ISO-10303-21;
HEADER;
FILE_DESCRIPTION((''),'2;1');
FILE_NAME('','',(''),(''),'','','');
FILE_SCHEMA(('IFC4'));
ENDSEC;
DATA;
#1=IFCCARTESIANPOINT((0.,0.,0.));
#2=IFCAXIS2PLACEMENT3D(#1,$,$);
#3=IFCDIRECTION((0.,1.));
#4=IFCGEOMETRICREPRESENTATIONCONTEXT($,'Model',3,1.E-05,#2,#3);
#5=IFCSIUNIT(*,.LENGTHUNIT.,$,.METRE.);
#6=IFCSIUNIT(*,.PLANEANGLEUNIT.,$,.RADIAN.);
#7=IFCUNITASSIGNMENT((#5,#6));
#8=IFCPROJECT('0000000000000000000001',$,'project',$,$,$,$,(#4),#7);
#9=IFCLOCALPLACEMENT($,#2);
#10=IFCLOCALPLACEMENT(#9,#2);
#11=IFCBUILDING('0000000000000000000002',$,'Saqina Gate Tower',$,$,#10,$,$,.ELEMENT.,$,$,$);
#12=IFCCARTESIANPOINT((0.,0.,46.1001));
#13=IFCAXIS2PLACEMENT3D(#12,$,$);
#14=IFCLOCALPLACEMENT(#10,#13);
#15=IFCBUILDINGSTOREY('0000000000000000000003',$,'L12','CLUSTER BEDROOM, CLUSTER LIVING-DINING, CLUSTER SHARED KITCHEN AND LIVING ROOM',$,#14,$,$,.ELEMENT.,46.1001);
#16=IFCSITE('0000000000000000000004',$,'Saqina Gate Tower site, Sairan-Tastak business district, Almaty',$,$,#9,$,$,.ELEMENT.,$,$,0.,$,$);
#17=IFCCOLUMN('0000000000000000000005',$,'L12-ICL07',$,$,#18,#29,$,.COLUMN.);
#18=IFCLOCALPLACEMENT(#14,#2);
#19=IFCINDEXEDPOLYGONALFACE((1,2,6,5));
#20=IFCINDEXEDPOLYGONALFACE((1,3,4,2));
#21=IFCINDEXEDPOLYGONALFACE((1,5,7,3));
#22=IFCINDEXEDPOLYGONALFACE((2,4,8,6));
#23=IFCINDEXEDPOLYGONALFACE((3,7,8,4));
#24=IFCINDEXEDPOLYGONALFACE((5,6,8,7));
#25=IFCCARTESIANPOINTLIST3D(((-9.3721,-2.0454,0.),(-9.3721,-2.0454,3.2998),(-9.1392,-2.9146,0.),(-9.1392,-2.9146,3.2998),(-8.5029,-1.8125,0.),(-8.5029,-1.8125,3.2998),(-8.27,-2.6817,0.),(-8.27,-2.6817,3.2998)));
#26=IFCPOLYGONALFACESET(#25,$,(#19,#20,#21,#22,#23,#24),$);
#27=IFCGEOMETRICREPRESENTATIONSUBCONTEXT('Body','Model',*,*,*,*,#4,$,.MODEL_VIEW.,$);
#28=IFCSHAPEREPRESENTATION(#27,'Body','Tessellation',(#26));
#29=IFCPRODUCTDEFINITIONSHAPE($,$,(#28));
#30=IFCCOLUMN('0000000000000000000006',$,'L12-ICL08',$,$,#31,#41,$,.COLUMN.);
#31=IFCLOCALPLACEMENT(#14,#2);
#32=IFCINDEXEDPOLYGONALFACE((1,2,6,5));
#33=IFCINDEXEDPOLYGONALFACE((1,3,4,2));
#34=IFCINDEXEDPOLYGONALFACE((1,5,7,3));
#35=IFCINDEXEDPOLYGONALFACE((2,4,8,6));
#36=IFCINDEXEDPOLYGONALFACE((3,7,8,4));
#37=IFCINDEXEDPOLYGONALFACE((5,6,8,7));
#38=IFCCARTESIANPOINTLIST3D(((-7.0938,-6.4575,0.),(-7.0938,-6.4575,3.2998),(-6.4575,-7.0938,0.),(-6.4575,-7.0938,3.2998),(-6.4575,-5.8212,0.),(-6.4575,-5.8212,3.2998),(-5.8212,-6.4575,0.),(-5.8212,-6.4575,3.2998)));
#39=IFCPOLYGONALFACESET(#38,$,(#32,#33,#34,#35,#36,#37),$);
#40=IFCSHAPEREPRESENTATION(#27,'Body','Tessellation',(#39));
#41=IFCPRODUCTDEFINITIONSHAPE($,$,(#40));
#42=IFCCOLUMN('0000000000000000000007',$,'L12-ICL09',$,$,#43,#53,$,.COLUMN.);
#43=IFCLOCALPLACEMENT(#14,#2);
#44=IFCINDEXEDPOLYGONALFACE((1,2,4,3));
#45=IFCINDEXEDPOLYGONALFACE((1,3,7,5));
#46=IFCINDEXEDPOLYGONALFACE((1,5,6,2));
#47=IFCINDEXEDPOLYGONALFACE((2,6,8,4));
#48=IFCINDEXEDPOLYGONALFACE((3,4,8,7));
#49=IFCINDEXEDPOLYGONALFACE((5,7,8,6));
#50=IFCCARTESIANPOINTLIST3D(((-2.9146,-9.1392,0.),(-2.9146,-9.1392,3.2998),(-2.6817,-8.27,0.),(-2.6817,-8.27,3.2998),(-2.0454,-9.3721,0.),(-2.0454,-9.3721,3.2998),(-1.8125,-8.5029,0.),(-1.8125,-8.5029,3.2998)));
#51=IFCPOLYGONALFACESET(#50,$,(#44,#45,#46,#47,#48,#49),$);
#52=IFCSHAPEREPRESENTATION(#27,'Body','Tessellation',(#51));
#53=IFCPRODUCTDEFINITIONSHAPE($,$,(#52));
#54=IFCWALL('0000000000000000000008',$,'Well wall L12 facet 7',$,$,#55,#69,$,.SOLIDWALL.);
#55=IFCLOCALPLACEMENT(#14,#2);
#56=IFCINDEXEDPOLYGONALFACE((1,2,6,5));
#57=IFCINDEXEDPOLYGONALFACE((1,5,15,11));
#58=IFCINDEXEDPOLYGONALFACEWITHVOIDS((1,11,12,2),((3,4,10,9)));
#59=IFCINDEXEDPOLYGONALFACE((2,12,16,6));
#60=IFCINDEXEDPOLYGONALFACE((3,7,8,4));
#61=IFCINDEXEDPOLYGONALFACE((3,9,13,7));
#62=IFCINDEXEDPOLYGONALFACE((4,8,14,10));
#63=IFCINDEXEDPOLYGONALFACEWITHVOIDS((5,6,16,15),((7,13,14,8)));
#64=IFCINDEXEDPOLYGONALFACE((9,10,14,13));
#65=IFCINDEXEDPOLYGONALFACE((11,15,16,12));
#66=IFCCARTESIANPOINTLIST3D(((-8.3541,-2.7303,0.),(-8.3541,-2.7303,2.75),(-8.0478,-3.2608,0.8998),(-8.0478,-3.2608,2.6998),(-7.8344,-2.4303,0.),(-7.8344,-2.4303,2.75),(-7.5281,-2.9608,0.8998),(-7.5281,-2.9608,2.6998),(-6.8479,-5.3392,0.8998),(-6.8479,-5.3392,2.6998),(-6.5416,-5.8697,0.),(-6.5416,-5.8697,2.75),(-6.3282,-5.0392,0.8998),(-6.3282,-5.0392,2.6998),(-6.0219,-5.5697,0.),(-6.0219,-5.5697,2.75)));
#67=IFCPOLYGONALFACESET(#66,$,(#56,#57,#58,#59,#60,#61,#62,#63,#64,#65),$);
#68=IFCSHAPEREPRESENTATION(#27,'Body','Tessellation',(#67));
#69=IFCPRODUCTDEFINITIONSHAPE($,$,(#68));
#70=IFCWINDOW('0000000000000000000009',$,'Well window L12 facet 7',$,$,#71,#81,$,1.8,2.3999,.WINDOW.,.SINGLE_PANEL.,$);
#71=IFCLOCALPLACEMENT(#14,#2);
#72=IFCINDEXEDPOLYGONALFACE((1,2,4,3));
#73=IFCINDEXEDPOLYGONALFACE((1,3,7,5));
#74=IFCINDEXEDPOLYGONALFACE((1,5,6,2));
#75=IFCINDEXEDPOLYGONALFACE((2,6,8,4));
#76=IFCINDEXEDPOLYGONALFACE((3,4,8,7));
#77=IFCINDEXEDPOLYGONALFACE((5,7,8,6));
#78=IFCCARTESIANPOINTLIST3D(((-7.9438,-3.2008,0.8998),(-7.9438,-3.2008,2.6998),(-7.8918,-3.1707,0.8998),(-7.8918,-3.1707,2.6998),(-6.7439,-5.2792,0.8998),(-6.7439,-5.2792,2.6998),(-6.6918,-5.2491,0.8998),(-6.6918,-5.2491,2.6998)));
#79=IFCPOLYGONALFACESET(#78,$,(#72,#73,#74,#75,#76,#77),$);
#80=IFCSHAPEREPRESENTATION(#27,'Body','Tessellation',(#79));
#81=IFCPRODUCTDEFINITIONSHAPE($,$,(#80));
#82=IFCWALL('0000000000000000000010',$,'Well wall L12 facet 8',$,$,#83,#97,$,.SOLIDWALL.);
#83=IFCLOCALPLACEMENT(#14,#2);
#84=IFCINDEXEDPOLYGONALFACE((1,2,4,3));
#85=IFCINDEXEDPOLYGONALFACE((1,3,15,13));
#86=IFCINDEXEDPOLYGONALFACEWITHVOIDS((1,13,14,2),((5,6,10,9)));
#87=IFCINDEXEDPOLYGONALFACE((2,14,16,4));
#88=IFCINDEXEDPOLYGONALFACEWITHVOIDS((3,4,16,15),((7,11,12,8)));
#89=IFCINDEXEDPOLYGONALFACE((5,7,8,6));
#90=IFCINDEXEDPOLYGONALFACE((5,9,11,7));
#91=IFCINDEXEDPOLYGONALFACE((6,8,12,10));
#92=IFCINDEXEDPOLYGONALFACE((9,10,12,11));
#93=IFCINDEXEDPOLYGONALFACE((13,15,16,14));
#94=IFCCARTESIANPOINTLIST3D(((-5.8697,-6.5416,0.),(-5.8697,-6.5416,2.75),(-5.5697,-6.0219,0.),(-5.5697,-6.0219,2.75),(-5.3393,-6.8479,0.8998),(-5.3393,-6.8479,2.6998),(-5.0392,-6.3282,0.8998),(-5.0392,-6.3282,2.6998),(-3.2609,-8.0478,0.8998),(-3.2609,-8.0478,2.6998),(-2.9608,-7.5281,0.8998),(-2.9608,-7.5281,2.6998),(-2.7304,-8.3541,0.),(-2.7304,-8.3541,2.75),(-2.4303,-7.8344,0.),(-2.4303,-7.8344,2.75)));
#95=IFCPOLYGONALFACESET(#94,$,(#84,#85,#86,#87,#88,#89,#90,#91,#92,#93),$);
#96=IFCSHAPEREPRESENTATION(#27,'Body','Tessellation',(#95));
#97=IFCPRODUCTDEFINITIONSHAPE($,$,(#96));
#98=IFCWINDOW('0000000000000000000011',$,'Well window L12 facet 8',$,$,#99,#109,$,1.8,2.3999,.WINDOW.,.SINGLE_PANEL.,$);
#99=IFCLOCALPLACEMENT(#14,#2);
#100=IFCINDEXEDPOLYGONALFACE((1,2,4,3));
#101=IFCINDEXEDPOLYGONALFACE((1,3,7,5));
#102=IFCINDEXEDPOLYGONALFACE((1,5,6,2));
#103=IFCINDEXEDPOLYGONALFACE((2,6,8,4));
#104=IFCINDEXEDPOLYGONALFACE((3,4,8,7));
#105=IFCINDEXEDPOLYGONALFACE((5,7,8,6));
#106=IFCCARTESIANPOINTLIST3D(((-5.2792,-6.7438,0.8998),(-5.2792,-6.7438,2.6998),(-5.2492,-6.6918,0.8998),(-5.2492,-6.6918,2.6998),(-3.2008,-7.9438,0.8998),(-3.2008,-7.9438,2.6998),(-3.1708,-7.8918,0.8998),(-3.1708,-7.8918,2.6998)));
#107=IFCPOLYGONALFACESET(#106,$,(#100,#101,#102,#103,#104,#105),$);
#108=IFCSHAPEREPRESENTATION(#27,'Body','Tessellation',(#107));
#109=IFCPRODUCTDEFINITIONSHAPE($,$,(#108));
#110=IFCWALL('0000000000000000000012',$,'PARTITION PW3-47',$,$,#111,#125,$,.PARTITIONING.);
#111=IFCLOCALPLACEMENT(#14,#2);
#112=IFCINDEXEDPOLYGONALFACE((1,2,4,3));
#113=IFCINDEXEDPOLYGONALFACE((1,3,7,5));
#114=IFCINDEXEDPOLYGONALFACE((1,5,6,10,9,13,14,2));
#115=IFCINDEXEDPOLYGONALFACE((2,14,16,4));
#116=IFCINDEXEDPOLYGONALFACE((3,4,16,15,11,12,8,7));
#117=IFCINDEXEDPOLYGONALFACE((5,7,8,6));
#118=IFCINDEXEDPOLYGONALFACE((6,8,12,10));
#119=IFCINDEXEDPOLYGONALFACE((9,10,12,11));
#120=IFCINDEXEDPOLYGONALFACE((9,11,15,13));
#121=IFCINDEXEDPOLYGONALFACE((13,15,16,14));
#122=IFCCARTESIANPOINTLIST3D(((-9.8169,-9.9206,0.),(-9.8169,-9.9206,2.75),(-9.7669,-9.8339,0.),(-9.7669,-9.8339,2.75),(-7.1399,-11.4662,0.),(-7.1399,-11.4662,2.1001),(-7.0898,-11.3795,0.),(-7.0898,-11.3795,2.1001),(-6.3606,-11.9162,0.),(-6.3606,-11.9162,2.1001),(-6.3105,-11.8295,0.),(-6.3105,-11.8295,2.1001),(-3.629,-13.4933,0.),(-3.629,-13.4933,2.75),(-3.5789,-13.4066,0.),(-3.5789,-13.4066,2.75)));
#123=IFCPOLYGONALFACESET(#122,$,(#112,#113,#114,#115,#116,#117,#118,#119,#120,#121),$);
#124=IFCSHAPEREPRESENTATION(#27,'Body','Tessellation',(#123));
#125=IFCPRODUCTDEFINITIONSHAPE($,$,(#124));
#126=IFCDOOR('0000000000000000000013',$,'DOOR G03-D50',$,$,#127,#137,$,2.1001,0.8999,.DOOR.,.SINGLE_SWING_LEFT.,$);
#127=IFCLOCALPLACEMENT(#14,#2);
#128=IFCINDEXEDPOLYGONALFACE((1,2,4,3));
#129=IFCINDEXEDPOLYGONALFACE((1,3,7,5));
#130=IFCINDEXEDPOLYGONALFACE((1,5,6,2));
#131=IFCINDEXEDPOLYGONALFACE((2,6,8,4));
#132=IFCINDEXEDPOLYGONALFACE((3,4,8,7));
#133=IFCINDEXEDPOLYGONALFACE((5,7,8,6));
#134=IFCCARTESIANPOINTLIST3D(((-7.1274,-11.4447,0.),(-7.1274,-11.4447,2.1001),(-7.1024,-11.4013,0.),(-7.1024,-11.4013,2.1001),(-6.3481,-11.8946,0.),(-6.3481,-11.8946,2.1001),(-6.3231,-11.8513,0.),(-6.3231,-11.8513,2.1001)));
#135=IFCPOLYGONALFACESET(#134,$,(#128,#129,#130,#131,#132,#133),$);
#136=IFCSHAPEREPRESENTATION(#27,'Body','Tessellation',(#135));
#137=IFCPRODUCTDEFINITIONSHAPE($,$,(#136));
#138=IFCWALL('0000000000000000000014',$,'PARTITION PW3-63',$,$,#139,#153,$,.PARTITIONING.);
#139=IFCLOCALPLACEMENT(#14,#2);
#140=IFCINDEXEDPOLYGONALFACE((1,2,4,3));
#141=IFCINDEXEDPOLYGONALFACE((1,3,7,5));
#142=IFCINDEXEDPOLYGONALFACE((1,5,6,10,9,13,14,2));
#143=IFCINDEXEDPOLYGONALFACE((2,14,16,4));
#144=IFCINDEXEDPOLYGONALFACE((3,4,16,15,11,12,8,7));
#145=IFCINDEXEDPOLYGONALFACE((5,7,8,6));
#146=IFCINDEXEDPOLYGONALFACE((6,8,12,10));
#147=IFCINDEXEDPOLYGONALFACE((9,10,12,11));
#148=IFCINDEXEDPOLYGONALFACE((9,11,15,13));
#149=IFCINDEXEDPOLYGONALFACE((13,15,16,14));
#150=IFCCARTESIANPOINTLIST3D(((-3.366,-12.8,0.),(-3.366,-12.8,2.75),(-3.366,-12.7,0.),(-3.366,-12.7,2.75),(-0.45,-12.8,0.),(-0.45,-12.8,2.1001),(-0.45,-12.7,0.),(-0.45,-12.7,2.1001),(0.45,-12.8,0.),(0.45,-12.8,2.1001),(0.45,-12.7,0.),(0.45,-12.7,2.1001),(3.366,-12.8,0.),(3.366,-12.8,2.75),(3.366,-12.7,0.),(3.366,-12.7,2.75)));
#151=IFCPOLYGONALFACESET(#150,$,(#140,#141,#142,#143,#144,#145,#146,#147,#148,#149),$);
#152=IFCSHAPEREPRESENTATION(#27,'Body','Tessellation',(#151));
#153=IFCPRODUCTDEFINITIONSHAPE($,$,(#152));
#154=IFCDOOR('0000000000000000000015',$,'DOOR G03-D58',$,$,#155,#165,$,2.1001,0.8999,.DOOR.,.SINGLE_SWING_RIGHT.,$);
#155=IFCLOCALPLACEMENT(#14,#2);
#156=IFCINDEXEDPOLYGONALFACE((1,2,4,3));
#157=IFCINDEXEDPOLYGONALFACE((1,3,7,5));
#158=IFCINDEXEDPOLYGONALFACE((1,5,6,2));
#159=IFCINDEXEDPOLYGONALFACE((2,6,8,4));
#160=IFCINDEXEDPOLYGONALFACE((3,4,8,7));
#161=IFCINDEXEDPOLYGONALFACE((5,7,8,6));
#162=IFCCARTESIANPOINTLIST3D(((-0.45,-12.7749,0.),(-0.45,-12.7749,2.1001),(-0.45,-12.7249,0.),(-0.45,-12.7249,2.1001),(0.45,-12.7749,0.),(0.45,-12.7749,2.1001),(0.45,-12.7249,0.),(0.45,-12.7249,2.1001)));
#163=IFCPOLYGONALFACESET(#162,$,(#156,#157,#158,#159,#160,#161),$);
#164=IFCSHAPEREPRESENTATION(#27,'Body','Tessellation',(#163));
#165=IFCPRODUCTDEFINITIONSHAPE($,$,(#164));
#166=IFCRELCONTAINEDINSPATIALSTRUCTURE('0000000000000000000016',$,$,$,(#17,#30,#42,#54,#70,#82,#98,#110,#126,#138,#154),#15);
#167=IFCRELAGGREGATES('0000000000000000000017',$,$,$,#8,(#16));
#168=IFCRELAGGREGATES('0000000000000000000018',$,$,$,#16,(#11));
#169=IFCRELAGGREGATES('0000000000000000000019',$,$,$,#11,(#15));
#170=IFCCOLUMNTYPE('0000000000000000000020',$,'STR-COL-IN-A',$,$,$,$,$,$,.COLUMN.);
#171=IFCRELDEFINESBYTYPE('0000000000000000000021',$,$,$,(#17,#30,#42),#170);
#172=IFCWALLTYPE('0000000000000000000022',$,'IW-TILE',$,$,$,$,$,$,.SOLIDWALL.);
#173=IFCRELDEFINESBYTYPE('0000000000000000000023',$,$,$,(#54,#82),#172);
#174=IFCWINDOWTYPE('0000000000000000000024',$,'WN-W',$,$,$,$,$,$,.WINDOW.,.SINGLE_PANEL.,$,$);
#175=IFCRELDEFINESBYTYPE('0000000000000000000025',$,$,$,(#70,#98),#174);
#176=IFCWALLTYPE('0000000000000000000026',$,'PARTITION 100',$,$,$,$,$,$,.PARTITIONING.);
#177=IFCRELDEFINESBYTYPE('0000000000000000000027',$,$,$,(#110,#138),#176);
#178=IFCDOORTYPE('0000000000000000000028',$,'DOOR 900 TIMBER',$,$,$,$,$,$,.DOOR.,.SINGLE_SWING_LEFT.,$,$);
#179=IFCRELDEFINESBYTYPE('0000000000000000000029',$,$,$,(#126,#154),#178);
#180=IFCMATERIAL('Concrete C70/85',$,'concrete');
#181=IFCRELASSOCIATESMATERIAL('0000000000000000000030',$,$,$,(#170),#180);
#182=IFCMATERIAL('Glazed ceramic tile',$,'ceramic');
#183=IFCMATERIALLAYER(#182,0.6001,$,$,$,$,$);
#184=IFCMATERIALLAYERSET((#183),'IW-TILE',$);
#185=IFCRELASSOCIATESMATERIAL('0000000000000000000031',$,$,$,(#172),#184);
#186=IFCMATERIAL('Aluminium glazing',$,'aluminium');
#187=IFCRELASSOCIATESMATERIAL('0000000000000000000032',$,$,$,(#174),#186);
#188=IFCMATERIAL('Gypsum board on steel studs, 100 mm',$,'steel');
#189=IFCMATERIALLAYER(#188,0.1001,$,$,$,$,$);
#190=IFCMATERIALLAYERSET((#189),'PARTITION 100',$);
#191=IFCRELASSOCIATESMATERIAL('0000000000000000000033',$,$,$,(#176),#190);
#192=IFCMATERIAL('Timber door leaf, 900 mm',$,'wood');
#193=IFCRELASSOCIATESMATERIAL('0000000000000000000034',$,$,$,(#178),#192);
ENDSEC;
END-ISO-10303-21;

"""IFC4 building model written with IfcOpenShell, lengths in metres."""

from ifc_helpers import new_model, si_unit, direction, frame, frame_2d, origin, origin_2d, place, context, subcontext, project, spatial, rectangle, extrude, material, layer, layer_set, material_profile, profile_set, type_object, element, fill, save


model = new_model("IFC4")

# Units and contexts
model_context = context("Model", 3, precision=1e-05, world=origin(), true_north=direction((0.0, 1.0)))
body_context = subcontext(model_context, "Body", "Model", "MODEL_VIEW")
ifc_project = project(units=[si_unit("LENGTHUNIT", "METRE"), si_unit("PLANEANGLEUNIT", "RADIAN")], contexts=[model_context])

# Site, building, storey
site_placement = place(None, origin())
site = spatial("IfcSite", under=ifc_project, at=site_placement, Name="Saqina Gate Tower site, Sairan-Tastak business district, Almaty", CompositionType="ELEMENT", RefElevation=0.0)
building_placement = place(site_placement, origin())
building = spatial("IfcBuilding", under=site, at=building_placement, Name="Saqina Gate Tower", CompositionType="ELEMENT")
storey_placement = place(building_placement, frame((0.0, 0.0, 46.1001)))
storey = spatial("IfcBuildingStorey", under=building, at=storey_placement, Name="L12", Description="CLUSTER BEDROOM, CLUSTER LIVING-DINING, CLUSTER SHARED KITCHEN AND LIVING ROOM", CompositionType="ELEMENT", Elevation=46.1001)

# Columns
ifc_material_1 = material(Name="Concrete C70/85", Category="concrete")
ifc_material_profile = material_profile(ifc_material_1, rectangle(XDim=0.8999, YDim=0.8999, at=origin_2d()), Name="RC 900x900")
ifc_profile_set = profile_set([ifc_material_profile], Name="Concrete C70/85")
column_type = type_object("IfcColumnType", Name="STR-COL-IN-A", PredefinedType="COLUMN", material=ifc_profile_set)
for number, where, z_axis, x_axis, name in (
    (1, (-8.821, -2.3635, 0.0), (0.0, 0.0, 1.0), (-0.965926, -0.258819, 0.0), "L12-ICL07"),
    (2, (-6.4575, -6.4575, 0.0), (0.0, 0.0, 1.0), (-0.707107, -0.707107, 0.0), "L12-ICL08"),
    (3, (-2.3635, -8.821, 0.0), (0.0, 0.0, 1.0), (-0.258819, -0.965926, 0.0), "L12-ICL09"),
):
    element("IfcColumn", number, at=place(storey_placement, frame(where, z_axis=z_axis, x_axis=x_axis)), inside=storey, type_object=column_type, Name=name, PredefinedType="COLUMN", context=body_context, shape_type="SweptSolid", body=[
        extrude(rectangle(XDim=0.8999, YDim=0.8999, at=origin_2d()), origin(), (0.0, 0.0, 1.0), 3.2998),
    ])

# Walls, openings, windows
ifc_material_2 = material(Name="Glazed ceramic tile", Category="ceramic")
ifc_layer_1 = layer(ifc_material_2, 0.6001)
ifc_layer_set_1 = layer_set([ifc_layer_1], Name="IW-TILE")
wall_type_1 = type_object("IfcWallType", Name="IW-TILE", PredefinedType="SOLIDWALL", material=ifc_layer_set_1)
wall_1_placement = place(storey_placement, frame((-8.0942, -2.5803, 0.0), z_axis=(0.0, 0.0, 1.0), x_axis=(0.499993, -0.86603, 0.0)))
wall_1 = element("IfcWall", 4, at=wall_1_placement, inside=storey, type_object=wall_type_1, Name="Well wall L12 facet 7", PredefinedType="SOLIDWALL", context=body_context, shape_type="SweptSolid", body=[
    extrude(rectangle(XDim=3.625, YDim=0.6001, at=frame_2d((1.8125, 0.0))), origin(), (0.0, 0.0, 1.0), 2.75),
])
opening_1_placement = place(wall_1_placement, frame((0.6125, 0.0, 0.8999)))
opening_1 = element("IfcOpeningElement", 5, at=opening_1_placement, cuts=wall_1, PredefinedType="OPENING", context=body_context, shape_type="SweptSolid", body=[
    extrude(rectangle(XDim=2.3999, YDim=1.8, at=frame_2d((1.2, 0.8999))), frame((0.0, 0.312, 0.0), z_axis=(0.0, -1.0, 0.0), x_axis=(1.0, 0.0, 0.0)), (0.0, 0.0, 1.0), 0.624),
])
ifc_material_3 = material(Name="Aluminium glazing", Category="aluminium")
window_type = type_object("IfcWindowType", Name="WN-W", PartitioningType="SINGLE_PANEL", PredefinedType="WINDOW", material=ifc_material_3)
window_1_placement = place(opening_1_placement, origin())
window_1 = element("IfcWindow", 6, at=window_1_placement, inside=storey, type_object=window_type, Name="Well window L12 facet 7", OverallHeight=1.8, OverallWidth=2.3999, PartitioningType="SINGLE_PANEL", PredefinedType="WINDOW", context=body_context, shape_type="SweptSolid", body=[
    extrude(rectangle(XDim=2.3999, YDim=1.8, at=frame_2d((1.2, 0.8999))), frame((0.0, -0.1199, 0.0), z_axis=(0.0, -1.0, 0.0), x_axis=(1.0, 0.0, 0.0)), (0.0, 0.0, 1.0), 0.0601),
])
fill(opening_1, window_1)
wall_2_placement = place(storey_placement, frame((-5.7197, -6.2817, 0.0), z_axis=(0.0, 0.0, 1.0), x_axis=(0.86603, -0.499993, 0.0)))
wall_2 = element("IfcWall", 7, at=wall_2_placement, inside=storey, type_object=wall_type_1, Name="Well wall L12 facet 8", PredefinedType="SOLIDWALL", context=body_context, shape_type="SweptSolid", body=[
    extrude(rectangle(XDim=3.625, YDim=0.6001, at=frame_2d((1.8125, 0.0))), origin(), (0.0, 0.0, 1.0), 2.75),
])
opening_2_placement = place(wall_2_placement, frame((0.6125, 0.0, 0.8999)))
opening_2 = element("IfcOpeningElement", 8, at=opening_2_placement, cuts=wall_2, PredefinedType="OPENING", context=body_context, shape_type="SweptSolid", body=[
    extrude(rectangle(XDim=2.3999, YDim=1.8, at=frame_2d((1.2, 0.8999))), frame((0.0, 0.312, 0.0), z_axis=(0.0, -1.0, 0.0), x_axis=(1.0, 0.0, 0.0)), (0.0, 0.0, 1.0), 0.624),
])
window_2_placement = place(opening_2_placement, origin())
window_2 = element("IfcWindow", 9, at=window_2_placement, inside=storey, type_object=window_type, Name="Well window L12 facet 8", OverallHeight=1.8, OverallWidth=2.3999, PartitioningType="SINGLE_PANEL", PredefinedType="WINDOW", context=body_context, shape_type="SweptSolid", body=[
    extrude(rectangle(XDim=2.3999, YDim=1.8, at=frame_2d((1.2, 0.8999))), frame((0.0, -0.1199, 0.0), z_axis=(0.0, -1.0, 0.0), x_axis=(1.0, 0.0, 0.0)), (0.0, 0.0, 1.0), 0.0601),
])
fill(opening_2, window_2)

# Walls, openings, doors
ifc_material_4 = material(Name="Gypsum board on steel studs, 100 mm", Category="steel")
ifc_layer_2 = layer(ifc_material_4, 0.1001)
ifc_layer_set_2 = layer_set([ifc_layer_2], Name="PARTITION 100")
wall_type_2 = type_object("IfcWallType", Name="PARTITION 100", PredefinedType="PARTITIONING", material=ifc_layer_set_2)
wall_3_placement = place(storey_placement, frame((-9.792, -9.8772, 0.0), z_axis=(0.0, 0.0, 1.0), x_axis=(0.866018, -0.500012, 0.0)))
wall_3 = element("IfcWall", 10, at=wall_3_placement, inside=storey, type_object=wall_type_2, Name="PARTITION PW3-47", PredefinedType="PARTITIONING", context=body_context, shape_type="SweptSolid", body=[
    extrude(rectangle(XDim=7.1453, YDim=0.1001, at=frame_2d((3.5728, 0.0))), origin(), (0.0, 0.0, 1.0), 2.75),
])
opening_3_placement = place(wall_3_placement, frame((3.0913, 0.0, 0.0)))
opening_3 = element("IfcOpeningElement", 11, at=opening_3_placement, cuts=wall_3, PredefinedType="OPENING", context=body_context, shape_type="SweptSolid", body=[
    extrude(rectangle(XDim=0.8999, YDim=2.1001, at=frame_2d((0.45, 1.05))), frame((0.0, 0.062, 0.0), z_axis=(0.0, -1.0, 0.0), x_axis=(1.0, 0.0, 0.0)), (0.0, 0.0, 1.0), 0.124),
])
ifc_material_5 = material(Name="Timber door leaf, 900 mm", Category="wood")
door_type_1 = type_object("IfcDoorType", Name="DOOR 900 TIMBER", OperationType="SINGLE_SWING_LEFT", PredefinedType="DOOR", material=ifc_material_5)
door_1_placement = place(opening_3_placement, origin())
door_1 = element("IfcDoor", 12, at=door_1_placement, inside=storey, type_object=door_type_1, Name="DOOR G03-D50", OperationType="SINGLE_SWING_LEFT", OverallHeight=2.1001, OverallWidth=0.8999, PredefinedType="DOOR", context=body_context, shape_type="SweptSolid", body=[
    extrude(rectangle(XDim=0.8999, YDim=2.1001, at=frame_2d((0.45, 1.05))), frame((0.0, 0.0249, 0.0), z_axis=(0.0, -1.0, 0.0), x_axis=(1.0, 0.0, 0.0)), (0.0, 0.0, 1.0), 0.05),
])
fill(opening_3, door_1)
wall_4_placement = place(storey_placement, frame((-3.366, -12.75, 0.0), z_axis=(0.0, 0.0, 1.0), x_axis=(1.0, 0.0, 0.0)))
wall_4 = element("IfcWall", 13, at=wall_4_placement, inside=storey, type_object=wall_type_2, Name="PARTITION PW3-63", PredefinedType="PARTITIONING", context=body_context, shape_type="SweptSolid", body=[
    extrude(rectangle(XDim=6.7319, YDim=0.1001, at=frame_2d((3.366, 0.0))), origin(), (0.0, 0.0, 1.0), 2.75),
])
opening_4_placement = place(wall_4_placement, frame((2.916, 0.0, 0.0)))
opening_4 = element("IfcOpeningElement", 14, at=opening_4_placement, cuts=wall_4, PredefinedType="OPENING", context=body_context, shape_type="SweptSolid", body=[
    extrude(rectangle(XDim=0.8999, YDim=2.1001, at=frame_2d((0.45, 1.05))), frame((0.0, 0.062, 0.0), z_axis=(0.0, -1.0, 0.0), x_axis=(1.0, 0.0, 0.0)), (0.0, 0.0, 1.0), 0.124),
])
door_2_placement = place(opening_4_placement, frame((0.8999, 0.0, 0.0), z_axis=(0.0, 0.0, 1.0), x_axis=(-1.0, 0.0, 0.0)))
door_2 = element("IfcDoor", 15, at=door_2_placement, inside=storey, type_object=door_type_1, Name="DOOR G03-D58", OperationType="SINGLE_SWING_RIGHT", OverallHeight=2.1001, OverallWidth=0.8999, PredefinedType="DOOR", context=body_context, shape_type="SweptSolid", body=[
    extrude(rectangle(XDim=0.8999, YDim=2.1001, at=frame_2d((0.45, 1.05))), frame((0.0, 0.0249, 0.0), z_axis=(0.0, -1.0, 0.0), x_axis=(1.0, 0.0, 0.0)), (0.0, 0.0, 1.0), 0.05),
])
fill(opening_4, door_2)

save(model, "model.ifc")
